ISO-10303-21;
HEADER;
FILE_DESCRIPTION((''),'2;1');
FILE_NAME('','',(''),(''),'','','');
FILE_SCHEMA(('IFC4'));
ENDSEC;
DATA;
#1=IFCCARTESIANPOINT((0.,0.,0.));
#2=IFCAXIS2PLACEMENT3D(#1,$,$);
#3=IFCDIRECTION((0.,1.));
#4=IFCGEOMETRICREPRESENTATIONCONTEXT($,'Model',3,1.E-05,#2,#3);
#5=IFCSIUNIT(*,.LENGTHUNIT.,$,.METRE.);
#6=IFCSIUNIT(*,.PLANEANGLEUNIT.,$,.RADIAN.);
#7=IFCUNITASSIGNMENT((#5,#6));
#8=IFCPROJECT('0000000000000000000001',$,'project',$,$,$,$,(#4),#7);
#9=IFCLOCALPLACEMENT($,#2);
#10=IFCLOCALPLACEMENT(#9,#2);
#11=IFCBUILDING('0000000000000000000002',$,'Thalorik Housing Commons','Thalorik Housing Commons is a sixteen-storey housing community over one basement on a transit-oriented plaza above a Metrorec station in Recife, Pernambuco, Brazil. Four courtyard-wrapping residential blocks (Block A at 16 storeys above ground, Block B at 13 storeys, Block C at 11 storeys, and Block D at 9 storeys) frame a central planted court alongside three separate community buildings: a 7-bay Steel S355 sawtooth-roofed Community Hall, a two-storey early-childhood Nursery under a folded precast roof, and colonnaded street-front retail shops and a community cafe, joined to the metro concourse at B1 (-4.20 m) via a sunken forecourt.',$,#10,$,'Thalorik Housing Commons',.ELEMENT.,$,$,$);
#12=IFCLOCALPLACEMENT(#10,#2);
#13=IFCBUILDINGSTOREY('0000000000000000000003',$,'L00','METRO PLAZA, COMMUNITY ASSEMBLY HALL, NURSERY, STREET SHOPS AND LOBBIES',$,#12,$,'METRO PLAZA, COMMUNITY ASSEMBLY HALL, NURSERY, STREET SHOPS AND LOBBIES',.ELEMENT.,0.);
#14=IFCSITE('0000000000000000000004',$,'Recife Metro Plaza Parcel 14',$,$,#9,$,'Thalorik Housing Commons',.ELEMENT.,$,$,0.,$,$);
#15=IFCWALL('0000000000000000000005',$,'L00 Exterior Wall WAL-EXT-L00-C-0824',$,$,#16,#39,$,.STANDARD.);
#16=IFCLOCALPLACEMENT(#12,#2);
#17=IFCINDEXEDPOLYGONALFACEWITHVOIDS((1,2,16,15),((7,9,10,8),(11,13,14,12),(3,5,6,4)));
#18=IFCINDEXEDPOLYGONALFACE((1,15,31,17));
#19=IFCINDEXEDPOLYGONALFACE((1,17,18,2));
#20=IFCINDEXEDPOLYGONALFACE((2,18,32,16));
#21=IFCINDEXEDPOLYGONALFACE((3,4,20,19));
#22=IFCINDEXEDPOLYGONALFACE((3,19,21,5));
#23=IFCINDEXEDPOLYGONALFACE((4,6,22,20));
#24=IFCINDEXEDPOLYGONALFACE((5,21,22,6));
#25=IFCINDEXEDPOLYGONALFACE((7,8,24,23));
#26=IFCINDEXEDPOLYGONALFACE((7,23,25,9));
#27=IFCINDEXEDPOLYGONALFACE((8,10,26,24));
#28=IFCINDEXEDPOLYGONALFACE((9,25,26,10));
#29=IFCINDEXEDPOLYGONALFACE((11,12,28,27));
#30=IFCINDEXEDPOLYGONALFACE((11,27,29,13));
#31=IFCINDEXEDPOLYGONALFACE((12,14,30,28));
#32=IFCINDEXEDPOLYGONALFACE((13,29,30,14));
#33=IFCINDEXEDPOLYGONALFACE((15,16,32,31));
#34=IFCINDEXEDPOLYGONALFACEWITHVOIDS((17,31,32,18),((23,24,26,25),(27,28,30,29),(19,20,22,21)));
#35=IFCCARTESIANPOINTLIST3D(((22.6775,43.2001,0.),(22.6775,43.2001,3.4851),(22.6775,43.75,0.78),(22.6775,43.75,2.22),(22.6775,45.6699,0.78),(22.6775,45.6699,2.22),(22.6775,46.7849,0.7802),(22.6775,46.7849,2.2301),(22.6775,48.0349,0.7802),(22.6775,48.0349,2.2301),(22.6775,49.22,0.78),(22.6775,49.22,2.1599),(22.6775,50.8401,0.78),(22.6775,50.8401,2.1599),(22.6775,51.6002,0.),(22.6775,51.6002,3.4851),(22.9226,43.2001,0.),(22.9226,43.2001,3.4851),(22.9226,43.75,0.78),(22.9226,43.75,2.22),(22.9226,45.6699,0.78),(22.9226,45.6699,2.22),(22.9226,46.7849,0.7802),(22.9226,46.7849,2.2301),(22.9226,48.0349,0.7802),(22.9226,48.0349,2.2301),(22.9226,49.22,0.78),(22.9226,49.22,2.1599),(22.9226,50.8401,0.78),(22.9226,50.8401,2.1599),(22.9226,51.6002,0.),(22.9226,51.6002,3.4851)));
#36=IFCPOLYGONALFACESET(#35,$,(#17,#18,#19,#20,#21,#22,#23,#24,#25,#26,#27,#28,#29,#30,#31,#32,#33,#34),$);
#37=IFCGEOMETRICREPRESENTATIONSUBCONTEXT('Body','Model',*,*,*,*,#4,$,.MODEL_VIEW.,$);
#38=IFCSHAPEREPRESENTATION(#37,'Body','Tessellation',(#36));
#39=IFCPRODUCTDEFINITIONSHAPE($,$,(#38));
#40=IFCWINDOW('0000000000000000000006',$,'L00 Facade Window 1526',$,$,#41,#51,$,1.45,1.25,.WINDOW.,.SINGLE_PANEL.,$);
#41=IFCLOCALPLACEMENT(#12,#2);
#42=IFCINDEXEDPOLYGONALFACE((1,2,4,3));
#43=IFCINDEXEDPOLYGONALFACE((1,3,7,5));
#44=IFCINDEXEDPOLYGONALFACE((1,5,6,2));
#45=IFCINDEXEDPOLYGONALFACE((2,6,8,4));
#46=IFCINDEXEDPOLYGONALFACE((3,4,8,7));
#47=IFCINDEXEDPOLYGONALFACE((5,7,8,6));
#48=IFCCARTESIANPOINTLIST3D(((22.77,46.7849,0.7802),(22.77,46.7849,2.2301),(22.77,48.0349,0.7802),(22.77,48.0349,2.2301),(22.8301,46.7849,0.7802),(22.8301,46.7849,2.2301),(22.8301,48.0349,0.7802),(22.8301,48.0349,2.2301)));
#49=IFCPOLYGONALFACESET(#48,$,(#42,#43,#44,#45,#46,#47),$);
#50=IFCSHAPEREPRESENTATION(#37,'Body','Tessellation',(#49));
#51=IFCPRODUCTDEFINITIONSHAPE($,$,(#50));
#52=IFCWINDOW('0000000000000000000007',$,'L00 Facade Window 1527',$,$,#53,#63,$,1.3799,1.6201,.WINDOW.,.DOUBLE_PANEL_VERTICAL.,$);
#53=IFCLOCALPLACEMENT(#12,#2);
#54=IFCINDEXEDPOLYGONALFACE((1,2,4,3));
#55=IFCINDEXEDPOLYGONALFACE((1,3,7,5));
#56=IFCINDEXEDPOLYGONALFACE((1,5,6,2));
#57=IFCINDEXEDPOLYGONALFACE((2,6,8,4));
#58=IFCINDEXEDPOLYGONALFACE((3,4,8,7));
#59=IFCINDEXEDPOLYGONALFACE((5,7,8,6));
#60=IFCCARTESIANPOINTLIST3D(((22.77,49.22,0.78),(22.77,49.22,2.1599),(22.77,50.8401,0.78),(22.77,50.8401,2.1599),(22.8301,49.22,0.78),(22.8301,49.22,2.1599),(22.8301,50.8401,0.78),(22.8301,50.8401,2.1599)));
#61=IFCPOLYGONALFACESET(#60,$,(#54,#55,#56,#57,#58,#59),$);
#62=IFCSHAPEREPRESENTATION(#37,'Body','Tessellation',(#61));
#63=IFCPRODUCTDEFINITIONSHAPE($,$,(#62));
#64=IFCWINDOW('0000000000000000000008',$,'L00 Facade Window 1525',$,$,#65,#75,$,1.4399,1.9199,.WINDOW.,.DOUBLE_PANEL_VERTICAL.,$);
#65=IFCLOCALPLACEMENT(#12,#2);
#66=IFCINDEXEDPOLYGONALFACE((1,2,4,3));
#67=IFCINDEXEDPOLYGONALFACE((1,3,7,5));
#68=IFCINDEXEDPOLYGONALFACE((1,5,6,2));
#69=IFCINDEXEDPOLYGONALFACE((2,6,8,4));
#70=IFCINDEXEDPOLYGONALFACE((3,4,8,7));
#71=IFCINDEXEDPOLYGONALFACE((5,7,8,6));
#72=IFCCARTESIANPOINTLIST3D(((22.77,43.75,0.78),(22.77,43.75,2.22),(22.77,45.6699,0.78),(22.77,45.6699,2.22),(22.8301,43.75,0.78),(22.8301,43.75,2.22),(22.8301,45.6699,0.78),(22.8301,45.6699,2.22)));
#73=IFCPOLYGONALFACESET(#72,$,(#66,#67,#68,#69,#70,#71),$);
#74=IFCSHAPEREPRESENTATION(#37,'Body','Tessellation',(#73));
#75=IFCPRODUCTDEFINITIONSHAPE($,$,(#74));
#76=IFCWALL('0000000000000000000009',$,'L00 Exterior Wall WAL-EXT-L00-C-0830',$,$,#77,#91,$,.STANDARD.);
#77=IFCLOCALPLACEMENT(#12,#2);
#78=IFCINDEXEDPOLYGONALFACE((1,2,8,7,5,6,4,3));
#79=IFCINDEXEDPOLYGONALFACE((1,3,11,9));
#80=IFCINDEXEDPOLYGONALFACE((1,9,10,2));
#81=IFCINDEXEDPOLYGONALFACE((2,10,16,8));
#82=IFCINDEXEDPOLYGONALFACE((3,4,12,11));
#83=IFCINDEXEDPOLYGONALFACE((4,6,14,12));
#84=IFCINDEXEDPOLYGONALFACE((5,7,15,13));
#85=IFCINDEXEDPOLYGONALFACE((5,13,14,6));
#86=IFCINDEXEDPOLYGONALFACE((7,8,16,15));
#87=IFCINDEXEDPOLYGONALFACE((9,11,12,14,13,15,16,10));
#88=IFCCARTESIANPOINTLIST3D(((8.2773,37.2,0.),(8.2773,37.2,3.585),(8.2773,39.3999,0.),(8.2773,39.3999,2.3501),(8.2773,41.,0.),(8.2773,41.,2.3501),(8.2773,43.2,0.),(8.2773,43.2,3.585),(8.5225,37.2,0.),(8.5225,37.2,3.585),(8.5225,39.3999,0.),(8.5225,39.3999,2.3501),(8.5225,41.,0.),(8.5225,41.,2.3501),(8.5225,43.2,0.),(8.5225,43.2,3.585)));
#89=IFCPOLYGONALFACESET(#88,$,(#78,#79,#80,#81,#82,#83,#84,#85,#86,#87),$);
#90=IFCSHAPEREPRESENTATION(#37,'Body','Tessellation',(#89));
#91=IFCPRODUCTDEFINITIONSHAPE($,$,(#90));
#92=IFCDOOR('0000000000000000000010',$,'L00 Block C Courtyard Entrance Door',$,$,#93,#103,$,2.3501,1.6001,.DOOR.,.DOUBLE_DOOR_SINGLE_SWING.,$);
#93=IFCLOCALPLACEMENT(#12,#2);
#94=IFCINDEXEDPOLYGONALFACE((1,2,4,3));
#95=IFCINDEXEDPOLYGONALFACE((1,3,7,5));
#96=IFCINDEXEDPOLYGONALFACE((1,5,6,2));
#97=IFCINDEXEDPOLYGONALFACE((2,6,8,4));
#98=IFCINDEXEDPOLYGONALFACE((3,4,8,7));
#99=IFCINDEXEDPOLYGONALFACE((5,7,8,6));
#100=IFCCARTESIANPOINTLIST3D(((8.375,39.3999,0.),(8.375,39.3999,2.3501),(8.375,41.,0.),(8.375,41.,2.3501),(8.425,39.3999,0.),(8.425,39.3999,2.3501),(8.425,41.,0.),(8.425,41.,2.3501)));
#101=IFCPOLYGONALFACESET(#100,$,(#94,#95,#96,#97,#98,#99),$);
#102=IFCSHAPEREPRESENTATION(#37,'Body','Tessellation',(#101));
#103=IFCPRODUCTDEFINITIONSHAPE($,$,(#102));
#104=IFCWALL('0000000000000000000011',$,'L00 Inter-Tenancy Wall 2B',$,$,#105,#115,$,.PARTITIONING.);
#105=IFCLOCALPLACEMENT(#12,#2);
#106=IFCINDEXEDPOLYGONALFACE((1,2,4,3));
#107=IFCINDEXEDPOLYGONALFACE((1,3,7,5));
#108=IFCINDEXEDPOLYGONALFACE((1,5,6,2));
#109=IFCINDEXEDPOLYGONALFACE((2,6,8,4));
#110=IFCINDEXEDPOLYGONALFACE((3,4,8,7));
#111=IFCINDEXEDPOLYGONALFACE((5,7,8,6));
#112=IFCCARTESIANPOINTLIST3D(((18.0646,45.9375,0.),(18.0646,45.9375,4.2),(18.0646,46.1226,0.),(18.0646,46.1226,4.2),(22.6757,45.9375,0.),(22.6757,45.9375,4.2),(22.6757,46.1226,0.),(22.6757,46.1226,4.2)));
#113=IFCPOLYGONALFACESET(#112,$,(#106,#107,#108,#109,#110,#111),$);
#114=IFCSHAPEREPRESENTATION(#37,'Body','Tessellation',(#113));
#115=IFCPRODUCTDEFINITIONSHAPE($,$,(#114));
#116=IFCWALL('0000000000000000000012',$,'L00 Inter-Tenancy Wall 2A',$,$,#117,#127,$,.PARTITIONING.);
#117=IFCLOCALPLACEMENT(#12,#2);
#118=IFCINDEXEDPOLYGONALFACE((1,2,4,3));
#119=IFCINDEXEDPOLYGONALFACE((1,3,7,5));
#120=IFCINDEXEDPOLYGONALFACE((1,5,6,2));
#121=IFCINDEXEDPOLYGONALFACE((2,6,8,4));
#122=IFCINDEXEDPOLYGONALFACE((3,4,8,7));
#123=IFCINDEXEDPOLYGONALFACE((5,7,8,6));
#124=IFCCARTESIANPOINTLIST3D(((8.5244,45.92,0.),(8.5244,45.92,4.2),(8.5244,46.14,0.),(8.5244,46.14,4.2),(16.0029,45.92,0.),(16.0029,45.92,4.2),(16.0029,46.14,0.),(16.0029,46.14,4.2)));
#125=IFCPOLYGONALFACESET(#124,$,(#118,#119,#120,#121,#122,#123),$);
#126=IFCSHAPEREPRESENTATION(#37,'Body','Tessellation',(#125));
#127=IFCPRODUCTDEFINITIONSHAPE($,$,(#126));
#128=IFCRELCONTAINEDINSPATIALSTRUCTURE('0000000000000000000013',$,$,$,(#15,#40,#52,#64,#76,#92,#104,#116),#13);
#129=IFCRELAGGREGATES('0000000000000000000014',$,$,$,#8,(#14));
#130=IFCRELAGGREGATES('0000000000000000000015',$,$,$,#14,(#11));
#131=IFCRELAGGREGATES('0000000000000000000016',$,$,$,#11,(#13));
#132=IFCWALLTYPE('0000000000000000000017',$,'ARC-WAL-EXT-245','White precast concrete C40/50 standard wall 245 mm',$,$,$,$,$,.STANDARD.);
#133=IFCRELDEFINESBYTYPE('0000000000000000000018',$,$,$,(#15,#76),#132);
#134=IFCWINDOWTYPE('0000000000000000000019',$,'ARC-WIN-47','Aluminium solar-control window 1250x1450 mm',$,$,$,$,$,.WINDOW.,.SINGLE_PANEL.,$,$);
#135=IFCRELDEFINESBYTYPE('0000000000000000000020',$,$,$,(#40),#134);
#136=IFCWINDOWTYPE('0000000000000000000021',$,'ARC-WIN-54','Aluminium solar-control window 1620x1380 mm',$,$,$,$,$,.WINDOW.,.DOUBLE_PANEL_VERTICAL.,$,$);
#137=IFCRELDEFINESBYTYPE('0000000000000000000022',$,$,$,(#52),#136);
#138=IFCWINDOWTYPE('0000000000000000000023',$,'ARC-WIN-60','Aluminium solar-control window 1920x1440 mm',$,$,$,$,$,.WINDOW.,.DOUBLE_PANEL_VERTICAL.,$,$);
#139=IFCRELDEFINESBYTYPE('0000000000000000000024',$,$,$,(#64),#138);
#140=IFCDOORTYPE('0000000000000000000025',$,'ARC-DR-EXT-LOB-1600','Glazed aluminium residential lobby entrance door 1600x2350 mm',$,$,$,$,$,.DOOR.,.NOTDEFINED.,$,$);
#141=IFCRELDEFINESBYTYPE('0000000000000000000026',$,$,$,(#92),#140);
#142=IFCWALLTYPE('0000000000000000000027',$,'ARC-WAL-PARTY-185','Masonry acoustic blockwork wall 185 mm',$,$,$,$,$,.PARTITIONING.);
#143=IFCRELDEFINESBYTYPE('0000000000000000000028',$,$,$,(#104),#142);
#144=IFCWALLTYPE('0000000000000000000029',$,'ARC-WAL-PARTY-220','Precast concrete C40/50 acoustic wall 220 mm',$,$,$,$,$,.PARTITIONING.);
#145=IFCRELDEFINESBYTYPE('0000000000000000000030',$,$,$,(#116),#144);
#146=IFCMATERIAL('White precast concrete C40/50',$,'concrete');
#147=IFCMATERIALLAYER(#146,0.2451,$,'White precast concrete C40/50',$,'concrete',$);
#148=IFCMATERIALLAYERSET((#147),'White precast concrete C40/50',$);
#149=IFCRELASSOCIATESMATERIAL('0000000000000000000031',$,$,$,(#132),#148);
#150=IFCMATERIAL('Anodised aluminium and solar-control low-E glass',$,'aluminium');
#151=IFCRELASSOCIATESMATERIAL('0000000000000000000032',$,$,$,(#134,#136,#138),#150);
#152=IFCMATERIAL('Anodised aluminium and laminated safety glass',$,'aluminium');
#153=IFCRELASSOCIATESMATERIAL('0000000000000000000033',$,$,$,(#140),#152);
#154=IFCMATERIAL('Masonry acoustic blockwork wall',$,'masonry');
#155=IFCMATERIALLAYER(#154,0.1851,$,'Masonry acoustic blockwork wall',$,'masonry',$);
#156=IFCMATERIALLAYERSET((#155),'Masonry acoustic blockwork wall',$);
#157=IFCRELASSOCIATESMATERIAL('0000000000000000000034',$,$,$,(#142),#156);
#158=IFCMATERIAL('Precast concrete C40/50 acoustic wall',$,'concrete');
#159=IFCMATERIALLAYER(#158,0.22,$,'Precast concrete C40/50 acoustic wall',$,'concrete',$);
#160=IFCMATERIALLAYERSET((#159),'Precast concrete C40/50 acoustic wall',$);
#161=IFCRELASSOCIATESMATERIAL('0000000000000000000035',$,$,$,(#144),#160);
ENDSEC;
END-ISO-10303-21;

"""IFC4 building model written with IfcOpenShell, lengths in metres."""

from ifc_helpers import new_model, si_unit, direction, frame, frame_2d, origin, place, context, subcontext, project, spatial, rectangle, extrude, material, layer, layer_set, type_object, element, fill, save


model = new_model("IFC4")

# Units and contexts
model_context = context("Model", 3, precision=1e-05, world=origin(), true_north=direction((0.0, 1.0)))
body_context = subcontext(model_context, "Body", "Model", "MODEL_VIEW")
ifc_project = project(units=[si_unit("LENGTHUNIT", "METRE"), si_unit("PLANEANGLEUNIT", "RADIAN")], contexts=[model_context])

# Site, building, storey
site_placement = place(None, origin())
site = spatial("IfcSite", under=ifc_project, at=site_placement, Name="Recife Metro Plaza Parcel 14", LongName="Thalorik Housing Commons", CompositionType="ELEMENT", RefElevation=0.0)
building_placement = place(site_placement, origin())
building = spatial("IfcBuilding", under=site, at=building_placement, Name="Thalorik Housing Commons", Description="Thalorik Housing Commons is a sixteen-storey housing community over one basement on a transit-oriented plaza above a Metrorec station in Recife, Pernambuco, Brazil. Four courtyard-wrapping residential blocks (Block A at 16 storeys above ground, Block B at 13 storeys, Block C at 11 storeys, and Block D at 9 storeys) frame a central planted court alongside three separate community buildings: a 7-bay Steel S355 sawtooth-roofed Community Hall, a two-storey early-childhood Nursery under a folded precast roof, and colonnaded street-front retail shops and a community cafe, joined to the metro concourse at B1 (-4.20 m) via a sunken forecourt.", LongName="Thalorik Housing Commons", CompositionType="ELEMENT")
storey_placement = place(building_placement, origin())
storey = spatial("IfcBuildingStorey", under=building, at=storey_placement, Name="L00", Description="METRO PLAZA, COMMUNITY ASSEMBLY HALL, NURSERY, STREET SHOPS AND LOBBIES", LongName="METRO PLAZA, COMMUNITY ASSEMBLY HALL, NURSERY, STREET SHOPS AND LOBBIES", CompositionType="ELEMENT", Elevation=0.0)

# Wall, openings, windows
ifc_material_1 = material(Name="White precast concrete C40/50", Category="concrete")
ifc_layer_1 = layer(ifc_material_1, 0.2451, Name="White precast concrete C40/50", Category="concrete")
ifc_layer_set_1 = layer_set([ifc_layer_1], Name="White precast concrete C40/50")
wall_type_1 = type_object("IfcWallType", Name="ARC-WAL-EXT-245", Description="White precast concrete C40/50 standard wall 245 mm", PredefinedType="STANDARD", material=ifc_layer_set_1)
wall_1_placement = place(storey_placement, frame((22.8, 43.2, 0.0), z_axis=(0.0, 0.0, 1.0), x_axis=(0.0, 1.0, 0.0)))
wall_1 = element("IfcWall", 1, at=wall_1_placement, inside=storey, type_object=wall_type_1, Name="L00 Exterior Wall WAL-EXT-L00-C-0824", PredefinedType="STANDARD", context=body_context, shape_type="SweptSolid", body=[
    extrude(rectangle(XDim=8.4001, YDim=0.2451, at=frame_2d((4.2002, 0.0))), origin(), (0.0, 0.0, 1.0), 3.4851),
])
opening_1_placement = place(wall_1_placement, frame((0.55, 0.0, 0.78)))
opening_1 = element("IfcOpeningElement", 2, at=opening_1_placement, cuts=wall_1, PredefinedType="OPENING", context=body_context, shape_type="SweptSolid", body=[
    extrude(rectangle(XDim=1.9199, YDim=1.4399, at=frame_2d((0.96, 0.72))), frame((0.0, 0.1326, 0.0), z_axis=(0.0, -1.0, 0.0), x_axis=(1.0, 0.0, 0.0)), (0.0, 0.0, 1.0), 0.2651),
])
opening_2_placement = place(wall_1_placement, frame((3.585, 0.0, 0.78)))
opening_2 = element("IfcOpeningElement", 3, at=opening_2_placement, cuts=wall_1, PredefinedType="OPENING", context=body_context, shape_type="SweptSolid", body=[
    extrude(rectangle(XDim=1.25, YDim=1.45, at=frame_2d((0.625, 0.7251))), frame((0.0, 0.1326, 0.0), z_axis=(0.0, -1.0, 0.0), x_axis=(1.0, 0.0, 0.0)), (0.0, 0.0, 1.0), 0.2651),
])
opening_3_placement = place(wall_1_placement, frame((6.02, 0.0, 0.78)))
opening_3 = element("IfcOpeningElement", 4, at=opening_3_placement, cuts=wall_1, PredefinedType="OPENING", context=body_context, shape_type="SweptSolid", body=[
    extrude(rectangle(XDim=1.6201, YDim=1.3799, at=frame_2d((0.8101, 0.6899))), frame((0.0, 0.1326, 0.0), z_axis=(0.0, -1.0, 0.0), x_axis=(1.0, 0.0, 0.0)), (0.0, 0.0, 1.0), 0.2651),
])
ifc_material_2 = material(Name="Anodised aluminium and solar-control low-E glass", Category="aluminium")
window_type_1 = type_object("IfcWindowType", Name="ARC-WIN-47", Description="Aluminium solar-control window 1250x1450 mm", PartitioningType="SINGLE_PANEL", PredefinedType="WINDOW", material=ifc_material_2)
window_1_placement = place(opening_2_placement, origin())
window_1 = element("IfcWindow", 5, at=window_1_placement, inside=storey, type_object=window_type_1, Name="L00 Facade Window 1526", OverallHeight=1.45, OverallWidth=1.25, PartitioningType="SINGLE_PANEL", PredefinedType="WINDOW", context=body_context, shape_type="SweptSolid", body=[
    extrude(rectangle(XDim=1.25, YDim=1.45, at=frame_2d((0.625, 0.7251))), frame((0.0, 0.03, 0.0), z_axis=(0.0, -1.0, 0.0), x_axis=(1.0, 0.0, 0.0)), (0.0, 0.0, 1.0), 0.0601),
])
fill(opening_2, window_1)
window_type_2 = type_object("IfcWindowType", Name="ARC-WIN-54", Description="Aluminium solar-control window 1620x1380 mm", PartitioningType="DOUBLE_PANEL_VERTICAL", PredefinedType="WINDOW", material=ifc_material_2)
window_2_placement = place(opening_3_placement, origin())
window_2 = element("IfcWindow", 6, at=window_2_placement, inside=storey, type_object=window_type_2, Name="L00 Facade Window 1527", OverallHeight=1.3799, OverallWidth=1.6201, PartitioningType="DOUBLE_PANEL_VERTICAL", PredefinedType="WINDOW", context=body_context, shape_type="SweptSolid", body=[
    extrude(rectangle(XDim=1.6201, YDim=1.3799, at=frame_2d((0.8101, 0.6899))), frame((0.0, 0.03, 0.0), z_axis=(0.0, -1.0, 0.0), x_axis=(1.0, 0.0, 0.0)), (0.0, 0.0, 1.0), 0.0601),
])
fill(opening_3, window_2)
window_type_3 = type_object("IfcWindowType", Name="ARC-WIN-60", Description="Aluminium solar-control window 1920x1440 mm", PartitioningType="DOUBLE_PANEL_VERTICAL", PredefinedType="WINDOW", material=ifc_material_2)
window_3_placement = place(opening_1_placement, origin())
window_3 = element("IfcWindow", 7, at=window_3_placement, inside=storey, type_object=window_type_3, Name="L00 Facade Window 1525", OverallHeight=1.4399, OverallWidth=1.9199, PartitioningType="DOUBLE_PANEL_VERTICAL", PredefinedType="WINDOW", context=body_context, shape_type="SweptSolid", body=[
    extrude(rectangle(XDim=1.9199, YDim=1.4399, at=frame_2d((0.96, 0.72))), frame((0.0, 0.03, 0.0), z_axis=(0.0, -1.0, 0.0), x_axis=(1.0, 0.0, 0.0)), (0.0, 0.0, 1.0), 0.0601),
])
fill(opening_1, window_3)

# Wall, opening, door
wall_2_placement = place(storey_placement, frame((8.3999, 43.2, 0.0), z_axis=(0.0, 0.0, 1.0), x_axis=(0.0, -1.0, 0.0)))
wall_2 = element("IfcWall", 8, at=wall_2_placement, inside=storey, type_object=wall_type_1, Name="L00 Exterior Wall WAL-EXT-L00-C-0830", PredefinedType="STANDARD", context=body_context, shape_type="SweptSolid", body=[
    extrude(rectangle(XDim=6.0, YDim=0.2451, at=frame_2d((3.0, 0.0))), origin(), (0.0, 0.0, 1.0), 3.585),
])
opening_4_placement = place(wall_2_placement, frame((2.2, 0.0, 0.0)))
opening_4 = element("IfcOpeningElement", 9, at=opening_4_placement, cuts=wall_2, PredefinedType="OPENING", context=body_context, shape_type="SweptSolid", body=[
    extrude(rectangle(XDim=1.6001, YDim=2.3501, at=frame_2d((0.8, 1.175))), frame((0.0, 0.1326, 0.0), z_axis=(0.0, -1.0, 0.0), x_axis=(1.0, 0.0, 0.0)), (0.0, 0.0, 1.0), 0.2651),
])
ifc_material_3 = material(Name="Anodised aluminium and laminated safety glass", Category="aluminium")
door_type = type_object("IfcDoorType", Name="ARC-DR-EXT-LOB-1600", Description="Glazed aluminium residential lobby entrance door 1600x2350 mm", OperationType="NOTDEFINED", PredefinedType="DOOR", material=ifc_material_3)
door_placement = place(opening_4_placement, frame((1.6001, 0.0, 0.0), z_axis=(0.0, 0.0, 1.0), x_axis=(-1.0, 0.0, 0.0)))
door = element("IfcDoor", 10, at=door_placement, inside=storey, type_object=door_type, Name="L00 Block C Courtyard Entrance Door", OperationType="DOUBLE_DOOR_SINGLE_SWING", OverallHeight=2.3501, OverallWidth=1.6001, PredefinedType="DOOR", context=body_context, shape_type="SweptSolid", body=[
    extrude(rectangle(XDim=1.6001, YDim=2.3501, at=frame_2d((0.8, 1.175))), frame((0.0, 0.0249, 0.0), z_axis=(0.0, -1.0, 0.0), x_axis=(1.0, 0.0, 0.0)), (0.0, 0.0, 1.0), 0.05),
])
fill(opening_4, door)

# Walls
ifc_material_4 = material(Name="Masonry acoustic blockwork wall", Category="masonry")
ifc_layer_2 = layer(ifc_material_4, 0.1851, Name="Masonry acoustic blockwork wall", Category="masonry")
ifc_layer_set_2 = layer_set([ifc_layer_2], Name="Masonry acoustic blockwork wall")
wall_type_2 = type_object("IfcWallType", Name="ARC-WAL-PARTY-185", Description="Masonry acoustic blockwork wall 185 mm", PredefinedType="PARTITIONING", material=ifc_layer_set_2)
wall_3_placement = place(storey_placement, frame((18.0645, 46.03, 0.0), z_axis=(0.0, 0.0, 1.0), x_axis=(1.0, 0.0, 0.0)))
element("IfcWall", 11, at=wall_3_placement, inside=storey, type_object=wall_type_2, Name="L00 Inter-Tenancy Wall 2B", PredefinedType="PARTITIONING", context=body_context, shape_type="SweptSolid", body=[
    extrude(rectangle(XDim=4.6111, YDim=0.1851, at=frame_2d((2.3057, 0.0))), origin(), (0.0, 0.0, 1.0), 4.2),
])
ifc_material_5 = material(Name="Precast concrete C40/50 acoustic wall", Category="concrete")
ifc_layer_3 = layer(ifc_material_5, 0.22, Name="Precast concrete C40/50 acoustic wall", Category="concrete")
ifc_layer_set_3 = layer_set([ifc_layer_3], Name="Precast concrete C40/50 acoustic wall")
wall_type_3 = type_object("IfcWallType", Name="ARC-WAL-PARTY-220", Description="Precast concrete C40/50 acoustic wall 220 mm", PredefinedType="PARTITIONING", material=ifc_layer_set_3)
wall_4_placement = place(storey_placement, frame((8.5244, 46.03, 0.0), z_axis=(0.0, 0.0, 1.0), x_axis=(1.0, 0.0, 0.0)))
element("IfcWall", 12, at=wall_4_placement, inside=storey, type_object=wall_type_3, Name="L00 Inter-Tenancy Wall 2A", PredefinedType="PARTITIONING", context=body_context, shape_type="SweptSolid", body=[
    extrude(rectangle(XDim=7.4785, YDim=0.22, at=frame_2d((3.7393, 0.0))), origin(), (0.0, 0.0, 1.0), 4.2),
])

save(model, "model.ifc")
